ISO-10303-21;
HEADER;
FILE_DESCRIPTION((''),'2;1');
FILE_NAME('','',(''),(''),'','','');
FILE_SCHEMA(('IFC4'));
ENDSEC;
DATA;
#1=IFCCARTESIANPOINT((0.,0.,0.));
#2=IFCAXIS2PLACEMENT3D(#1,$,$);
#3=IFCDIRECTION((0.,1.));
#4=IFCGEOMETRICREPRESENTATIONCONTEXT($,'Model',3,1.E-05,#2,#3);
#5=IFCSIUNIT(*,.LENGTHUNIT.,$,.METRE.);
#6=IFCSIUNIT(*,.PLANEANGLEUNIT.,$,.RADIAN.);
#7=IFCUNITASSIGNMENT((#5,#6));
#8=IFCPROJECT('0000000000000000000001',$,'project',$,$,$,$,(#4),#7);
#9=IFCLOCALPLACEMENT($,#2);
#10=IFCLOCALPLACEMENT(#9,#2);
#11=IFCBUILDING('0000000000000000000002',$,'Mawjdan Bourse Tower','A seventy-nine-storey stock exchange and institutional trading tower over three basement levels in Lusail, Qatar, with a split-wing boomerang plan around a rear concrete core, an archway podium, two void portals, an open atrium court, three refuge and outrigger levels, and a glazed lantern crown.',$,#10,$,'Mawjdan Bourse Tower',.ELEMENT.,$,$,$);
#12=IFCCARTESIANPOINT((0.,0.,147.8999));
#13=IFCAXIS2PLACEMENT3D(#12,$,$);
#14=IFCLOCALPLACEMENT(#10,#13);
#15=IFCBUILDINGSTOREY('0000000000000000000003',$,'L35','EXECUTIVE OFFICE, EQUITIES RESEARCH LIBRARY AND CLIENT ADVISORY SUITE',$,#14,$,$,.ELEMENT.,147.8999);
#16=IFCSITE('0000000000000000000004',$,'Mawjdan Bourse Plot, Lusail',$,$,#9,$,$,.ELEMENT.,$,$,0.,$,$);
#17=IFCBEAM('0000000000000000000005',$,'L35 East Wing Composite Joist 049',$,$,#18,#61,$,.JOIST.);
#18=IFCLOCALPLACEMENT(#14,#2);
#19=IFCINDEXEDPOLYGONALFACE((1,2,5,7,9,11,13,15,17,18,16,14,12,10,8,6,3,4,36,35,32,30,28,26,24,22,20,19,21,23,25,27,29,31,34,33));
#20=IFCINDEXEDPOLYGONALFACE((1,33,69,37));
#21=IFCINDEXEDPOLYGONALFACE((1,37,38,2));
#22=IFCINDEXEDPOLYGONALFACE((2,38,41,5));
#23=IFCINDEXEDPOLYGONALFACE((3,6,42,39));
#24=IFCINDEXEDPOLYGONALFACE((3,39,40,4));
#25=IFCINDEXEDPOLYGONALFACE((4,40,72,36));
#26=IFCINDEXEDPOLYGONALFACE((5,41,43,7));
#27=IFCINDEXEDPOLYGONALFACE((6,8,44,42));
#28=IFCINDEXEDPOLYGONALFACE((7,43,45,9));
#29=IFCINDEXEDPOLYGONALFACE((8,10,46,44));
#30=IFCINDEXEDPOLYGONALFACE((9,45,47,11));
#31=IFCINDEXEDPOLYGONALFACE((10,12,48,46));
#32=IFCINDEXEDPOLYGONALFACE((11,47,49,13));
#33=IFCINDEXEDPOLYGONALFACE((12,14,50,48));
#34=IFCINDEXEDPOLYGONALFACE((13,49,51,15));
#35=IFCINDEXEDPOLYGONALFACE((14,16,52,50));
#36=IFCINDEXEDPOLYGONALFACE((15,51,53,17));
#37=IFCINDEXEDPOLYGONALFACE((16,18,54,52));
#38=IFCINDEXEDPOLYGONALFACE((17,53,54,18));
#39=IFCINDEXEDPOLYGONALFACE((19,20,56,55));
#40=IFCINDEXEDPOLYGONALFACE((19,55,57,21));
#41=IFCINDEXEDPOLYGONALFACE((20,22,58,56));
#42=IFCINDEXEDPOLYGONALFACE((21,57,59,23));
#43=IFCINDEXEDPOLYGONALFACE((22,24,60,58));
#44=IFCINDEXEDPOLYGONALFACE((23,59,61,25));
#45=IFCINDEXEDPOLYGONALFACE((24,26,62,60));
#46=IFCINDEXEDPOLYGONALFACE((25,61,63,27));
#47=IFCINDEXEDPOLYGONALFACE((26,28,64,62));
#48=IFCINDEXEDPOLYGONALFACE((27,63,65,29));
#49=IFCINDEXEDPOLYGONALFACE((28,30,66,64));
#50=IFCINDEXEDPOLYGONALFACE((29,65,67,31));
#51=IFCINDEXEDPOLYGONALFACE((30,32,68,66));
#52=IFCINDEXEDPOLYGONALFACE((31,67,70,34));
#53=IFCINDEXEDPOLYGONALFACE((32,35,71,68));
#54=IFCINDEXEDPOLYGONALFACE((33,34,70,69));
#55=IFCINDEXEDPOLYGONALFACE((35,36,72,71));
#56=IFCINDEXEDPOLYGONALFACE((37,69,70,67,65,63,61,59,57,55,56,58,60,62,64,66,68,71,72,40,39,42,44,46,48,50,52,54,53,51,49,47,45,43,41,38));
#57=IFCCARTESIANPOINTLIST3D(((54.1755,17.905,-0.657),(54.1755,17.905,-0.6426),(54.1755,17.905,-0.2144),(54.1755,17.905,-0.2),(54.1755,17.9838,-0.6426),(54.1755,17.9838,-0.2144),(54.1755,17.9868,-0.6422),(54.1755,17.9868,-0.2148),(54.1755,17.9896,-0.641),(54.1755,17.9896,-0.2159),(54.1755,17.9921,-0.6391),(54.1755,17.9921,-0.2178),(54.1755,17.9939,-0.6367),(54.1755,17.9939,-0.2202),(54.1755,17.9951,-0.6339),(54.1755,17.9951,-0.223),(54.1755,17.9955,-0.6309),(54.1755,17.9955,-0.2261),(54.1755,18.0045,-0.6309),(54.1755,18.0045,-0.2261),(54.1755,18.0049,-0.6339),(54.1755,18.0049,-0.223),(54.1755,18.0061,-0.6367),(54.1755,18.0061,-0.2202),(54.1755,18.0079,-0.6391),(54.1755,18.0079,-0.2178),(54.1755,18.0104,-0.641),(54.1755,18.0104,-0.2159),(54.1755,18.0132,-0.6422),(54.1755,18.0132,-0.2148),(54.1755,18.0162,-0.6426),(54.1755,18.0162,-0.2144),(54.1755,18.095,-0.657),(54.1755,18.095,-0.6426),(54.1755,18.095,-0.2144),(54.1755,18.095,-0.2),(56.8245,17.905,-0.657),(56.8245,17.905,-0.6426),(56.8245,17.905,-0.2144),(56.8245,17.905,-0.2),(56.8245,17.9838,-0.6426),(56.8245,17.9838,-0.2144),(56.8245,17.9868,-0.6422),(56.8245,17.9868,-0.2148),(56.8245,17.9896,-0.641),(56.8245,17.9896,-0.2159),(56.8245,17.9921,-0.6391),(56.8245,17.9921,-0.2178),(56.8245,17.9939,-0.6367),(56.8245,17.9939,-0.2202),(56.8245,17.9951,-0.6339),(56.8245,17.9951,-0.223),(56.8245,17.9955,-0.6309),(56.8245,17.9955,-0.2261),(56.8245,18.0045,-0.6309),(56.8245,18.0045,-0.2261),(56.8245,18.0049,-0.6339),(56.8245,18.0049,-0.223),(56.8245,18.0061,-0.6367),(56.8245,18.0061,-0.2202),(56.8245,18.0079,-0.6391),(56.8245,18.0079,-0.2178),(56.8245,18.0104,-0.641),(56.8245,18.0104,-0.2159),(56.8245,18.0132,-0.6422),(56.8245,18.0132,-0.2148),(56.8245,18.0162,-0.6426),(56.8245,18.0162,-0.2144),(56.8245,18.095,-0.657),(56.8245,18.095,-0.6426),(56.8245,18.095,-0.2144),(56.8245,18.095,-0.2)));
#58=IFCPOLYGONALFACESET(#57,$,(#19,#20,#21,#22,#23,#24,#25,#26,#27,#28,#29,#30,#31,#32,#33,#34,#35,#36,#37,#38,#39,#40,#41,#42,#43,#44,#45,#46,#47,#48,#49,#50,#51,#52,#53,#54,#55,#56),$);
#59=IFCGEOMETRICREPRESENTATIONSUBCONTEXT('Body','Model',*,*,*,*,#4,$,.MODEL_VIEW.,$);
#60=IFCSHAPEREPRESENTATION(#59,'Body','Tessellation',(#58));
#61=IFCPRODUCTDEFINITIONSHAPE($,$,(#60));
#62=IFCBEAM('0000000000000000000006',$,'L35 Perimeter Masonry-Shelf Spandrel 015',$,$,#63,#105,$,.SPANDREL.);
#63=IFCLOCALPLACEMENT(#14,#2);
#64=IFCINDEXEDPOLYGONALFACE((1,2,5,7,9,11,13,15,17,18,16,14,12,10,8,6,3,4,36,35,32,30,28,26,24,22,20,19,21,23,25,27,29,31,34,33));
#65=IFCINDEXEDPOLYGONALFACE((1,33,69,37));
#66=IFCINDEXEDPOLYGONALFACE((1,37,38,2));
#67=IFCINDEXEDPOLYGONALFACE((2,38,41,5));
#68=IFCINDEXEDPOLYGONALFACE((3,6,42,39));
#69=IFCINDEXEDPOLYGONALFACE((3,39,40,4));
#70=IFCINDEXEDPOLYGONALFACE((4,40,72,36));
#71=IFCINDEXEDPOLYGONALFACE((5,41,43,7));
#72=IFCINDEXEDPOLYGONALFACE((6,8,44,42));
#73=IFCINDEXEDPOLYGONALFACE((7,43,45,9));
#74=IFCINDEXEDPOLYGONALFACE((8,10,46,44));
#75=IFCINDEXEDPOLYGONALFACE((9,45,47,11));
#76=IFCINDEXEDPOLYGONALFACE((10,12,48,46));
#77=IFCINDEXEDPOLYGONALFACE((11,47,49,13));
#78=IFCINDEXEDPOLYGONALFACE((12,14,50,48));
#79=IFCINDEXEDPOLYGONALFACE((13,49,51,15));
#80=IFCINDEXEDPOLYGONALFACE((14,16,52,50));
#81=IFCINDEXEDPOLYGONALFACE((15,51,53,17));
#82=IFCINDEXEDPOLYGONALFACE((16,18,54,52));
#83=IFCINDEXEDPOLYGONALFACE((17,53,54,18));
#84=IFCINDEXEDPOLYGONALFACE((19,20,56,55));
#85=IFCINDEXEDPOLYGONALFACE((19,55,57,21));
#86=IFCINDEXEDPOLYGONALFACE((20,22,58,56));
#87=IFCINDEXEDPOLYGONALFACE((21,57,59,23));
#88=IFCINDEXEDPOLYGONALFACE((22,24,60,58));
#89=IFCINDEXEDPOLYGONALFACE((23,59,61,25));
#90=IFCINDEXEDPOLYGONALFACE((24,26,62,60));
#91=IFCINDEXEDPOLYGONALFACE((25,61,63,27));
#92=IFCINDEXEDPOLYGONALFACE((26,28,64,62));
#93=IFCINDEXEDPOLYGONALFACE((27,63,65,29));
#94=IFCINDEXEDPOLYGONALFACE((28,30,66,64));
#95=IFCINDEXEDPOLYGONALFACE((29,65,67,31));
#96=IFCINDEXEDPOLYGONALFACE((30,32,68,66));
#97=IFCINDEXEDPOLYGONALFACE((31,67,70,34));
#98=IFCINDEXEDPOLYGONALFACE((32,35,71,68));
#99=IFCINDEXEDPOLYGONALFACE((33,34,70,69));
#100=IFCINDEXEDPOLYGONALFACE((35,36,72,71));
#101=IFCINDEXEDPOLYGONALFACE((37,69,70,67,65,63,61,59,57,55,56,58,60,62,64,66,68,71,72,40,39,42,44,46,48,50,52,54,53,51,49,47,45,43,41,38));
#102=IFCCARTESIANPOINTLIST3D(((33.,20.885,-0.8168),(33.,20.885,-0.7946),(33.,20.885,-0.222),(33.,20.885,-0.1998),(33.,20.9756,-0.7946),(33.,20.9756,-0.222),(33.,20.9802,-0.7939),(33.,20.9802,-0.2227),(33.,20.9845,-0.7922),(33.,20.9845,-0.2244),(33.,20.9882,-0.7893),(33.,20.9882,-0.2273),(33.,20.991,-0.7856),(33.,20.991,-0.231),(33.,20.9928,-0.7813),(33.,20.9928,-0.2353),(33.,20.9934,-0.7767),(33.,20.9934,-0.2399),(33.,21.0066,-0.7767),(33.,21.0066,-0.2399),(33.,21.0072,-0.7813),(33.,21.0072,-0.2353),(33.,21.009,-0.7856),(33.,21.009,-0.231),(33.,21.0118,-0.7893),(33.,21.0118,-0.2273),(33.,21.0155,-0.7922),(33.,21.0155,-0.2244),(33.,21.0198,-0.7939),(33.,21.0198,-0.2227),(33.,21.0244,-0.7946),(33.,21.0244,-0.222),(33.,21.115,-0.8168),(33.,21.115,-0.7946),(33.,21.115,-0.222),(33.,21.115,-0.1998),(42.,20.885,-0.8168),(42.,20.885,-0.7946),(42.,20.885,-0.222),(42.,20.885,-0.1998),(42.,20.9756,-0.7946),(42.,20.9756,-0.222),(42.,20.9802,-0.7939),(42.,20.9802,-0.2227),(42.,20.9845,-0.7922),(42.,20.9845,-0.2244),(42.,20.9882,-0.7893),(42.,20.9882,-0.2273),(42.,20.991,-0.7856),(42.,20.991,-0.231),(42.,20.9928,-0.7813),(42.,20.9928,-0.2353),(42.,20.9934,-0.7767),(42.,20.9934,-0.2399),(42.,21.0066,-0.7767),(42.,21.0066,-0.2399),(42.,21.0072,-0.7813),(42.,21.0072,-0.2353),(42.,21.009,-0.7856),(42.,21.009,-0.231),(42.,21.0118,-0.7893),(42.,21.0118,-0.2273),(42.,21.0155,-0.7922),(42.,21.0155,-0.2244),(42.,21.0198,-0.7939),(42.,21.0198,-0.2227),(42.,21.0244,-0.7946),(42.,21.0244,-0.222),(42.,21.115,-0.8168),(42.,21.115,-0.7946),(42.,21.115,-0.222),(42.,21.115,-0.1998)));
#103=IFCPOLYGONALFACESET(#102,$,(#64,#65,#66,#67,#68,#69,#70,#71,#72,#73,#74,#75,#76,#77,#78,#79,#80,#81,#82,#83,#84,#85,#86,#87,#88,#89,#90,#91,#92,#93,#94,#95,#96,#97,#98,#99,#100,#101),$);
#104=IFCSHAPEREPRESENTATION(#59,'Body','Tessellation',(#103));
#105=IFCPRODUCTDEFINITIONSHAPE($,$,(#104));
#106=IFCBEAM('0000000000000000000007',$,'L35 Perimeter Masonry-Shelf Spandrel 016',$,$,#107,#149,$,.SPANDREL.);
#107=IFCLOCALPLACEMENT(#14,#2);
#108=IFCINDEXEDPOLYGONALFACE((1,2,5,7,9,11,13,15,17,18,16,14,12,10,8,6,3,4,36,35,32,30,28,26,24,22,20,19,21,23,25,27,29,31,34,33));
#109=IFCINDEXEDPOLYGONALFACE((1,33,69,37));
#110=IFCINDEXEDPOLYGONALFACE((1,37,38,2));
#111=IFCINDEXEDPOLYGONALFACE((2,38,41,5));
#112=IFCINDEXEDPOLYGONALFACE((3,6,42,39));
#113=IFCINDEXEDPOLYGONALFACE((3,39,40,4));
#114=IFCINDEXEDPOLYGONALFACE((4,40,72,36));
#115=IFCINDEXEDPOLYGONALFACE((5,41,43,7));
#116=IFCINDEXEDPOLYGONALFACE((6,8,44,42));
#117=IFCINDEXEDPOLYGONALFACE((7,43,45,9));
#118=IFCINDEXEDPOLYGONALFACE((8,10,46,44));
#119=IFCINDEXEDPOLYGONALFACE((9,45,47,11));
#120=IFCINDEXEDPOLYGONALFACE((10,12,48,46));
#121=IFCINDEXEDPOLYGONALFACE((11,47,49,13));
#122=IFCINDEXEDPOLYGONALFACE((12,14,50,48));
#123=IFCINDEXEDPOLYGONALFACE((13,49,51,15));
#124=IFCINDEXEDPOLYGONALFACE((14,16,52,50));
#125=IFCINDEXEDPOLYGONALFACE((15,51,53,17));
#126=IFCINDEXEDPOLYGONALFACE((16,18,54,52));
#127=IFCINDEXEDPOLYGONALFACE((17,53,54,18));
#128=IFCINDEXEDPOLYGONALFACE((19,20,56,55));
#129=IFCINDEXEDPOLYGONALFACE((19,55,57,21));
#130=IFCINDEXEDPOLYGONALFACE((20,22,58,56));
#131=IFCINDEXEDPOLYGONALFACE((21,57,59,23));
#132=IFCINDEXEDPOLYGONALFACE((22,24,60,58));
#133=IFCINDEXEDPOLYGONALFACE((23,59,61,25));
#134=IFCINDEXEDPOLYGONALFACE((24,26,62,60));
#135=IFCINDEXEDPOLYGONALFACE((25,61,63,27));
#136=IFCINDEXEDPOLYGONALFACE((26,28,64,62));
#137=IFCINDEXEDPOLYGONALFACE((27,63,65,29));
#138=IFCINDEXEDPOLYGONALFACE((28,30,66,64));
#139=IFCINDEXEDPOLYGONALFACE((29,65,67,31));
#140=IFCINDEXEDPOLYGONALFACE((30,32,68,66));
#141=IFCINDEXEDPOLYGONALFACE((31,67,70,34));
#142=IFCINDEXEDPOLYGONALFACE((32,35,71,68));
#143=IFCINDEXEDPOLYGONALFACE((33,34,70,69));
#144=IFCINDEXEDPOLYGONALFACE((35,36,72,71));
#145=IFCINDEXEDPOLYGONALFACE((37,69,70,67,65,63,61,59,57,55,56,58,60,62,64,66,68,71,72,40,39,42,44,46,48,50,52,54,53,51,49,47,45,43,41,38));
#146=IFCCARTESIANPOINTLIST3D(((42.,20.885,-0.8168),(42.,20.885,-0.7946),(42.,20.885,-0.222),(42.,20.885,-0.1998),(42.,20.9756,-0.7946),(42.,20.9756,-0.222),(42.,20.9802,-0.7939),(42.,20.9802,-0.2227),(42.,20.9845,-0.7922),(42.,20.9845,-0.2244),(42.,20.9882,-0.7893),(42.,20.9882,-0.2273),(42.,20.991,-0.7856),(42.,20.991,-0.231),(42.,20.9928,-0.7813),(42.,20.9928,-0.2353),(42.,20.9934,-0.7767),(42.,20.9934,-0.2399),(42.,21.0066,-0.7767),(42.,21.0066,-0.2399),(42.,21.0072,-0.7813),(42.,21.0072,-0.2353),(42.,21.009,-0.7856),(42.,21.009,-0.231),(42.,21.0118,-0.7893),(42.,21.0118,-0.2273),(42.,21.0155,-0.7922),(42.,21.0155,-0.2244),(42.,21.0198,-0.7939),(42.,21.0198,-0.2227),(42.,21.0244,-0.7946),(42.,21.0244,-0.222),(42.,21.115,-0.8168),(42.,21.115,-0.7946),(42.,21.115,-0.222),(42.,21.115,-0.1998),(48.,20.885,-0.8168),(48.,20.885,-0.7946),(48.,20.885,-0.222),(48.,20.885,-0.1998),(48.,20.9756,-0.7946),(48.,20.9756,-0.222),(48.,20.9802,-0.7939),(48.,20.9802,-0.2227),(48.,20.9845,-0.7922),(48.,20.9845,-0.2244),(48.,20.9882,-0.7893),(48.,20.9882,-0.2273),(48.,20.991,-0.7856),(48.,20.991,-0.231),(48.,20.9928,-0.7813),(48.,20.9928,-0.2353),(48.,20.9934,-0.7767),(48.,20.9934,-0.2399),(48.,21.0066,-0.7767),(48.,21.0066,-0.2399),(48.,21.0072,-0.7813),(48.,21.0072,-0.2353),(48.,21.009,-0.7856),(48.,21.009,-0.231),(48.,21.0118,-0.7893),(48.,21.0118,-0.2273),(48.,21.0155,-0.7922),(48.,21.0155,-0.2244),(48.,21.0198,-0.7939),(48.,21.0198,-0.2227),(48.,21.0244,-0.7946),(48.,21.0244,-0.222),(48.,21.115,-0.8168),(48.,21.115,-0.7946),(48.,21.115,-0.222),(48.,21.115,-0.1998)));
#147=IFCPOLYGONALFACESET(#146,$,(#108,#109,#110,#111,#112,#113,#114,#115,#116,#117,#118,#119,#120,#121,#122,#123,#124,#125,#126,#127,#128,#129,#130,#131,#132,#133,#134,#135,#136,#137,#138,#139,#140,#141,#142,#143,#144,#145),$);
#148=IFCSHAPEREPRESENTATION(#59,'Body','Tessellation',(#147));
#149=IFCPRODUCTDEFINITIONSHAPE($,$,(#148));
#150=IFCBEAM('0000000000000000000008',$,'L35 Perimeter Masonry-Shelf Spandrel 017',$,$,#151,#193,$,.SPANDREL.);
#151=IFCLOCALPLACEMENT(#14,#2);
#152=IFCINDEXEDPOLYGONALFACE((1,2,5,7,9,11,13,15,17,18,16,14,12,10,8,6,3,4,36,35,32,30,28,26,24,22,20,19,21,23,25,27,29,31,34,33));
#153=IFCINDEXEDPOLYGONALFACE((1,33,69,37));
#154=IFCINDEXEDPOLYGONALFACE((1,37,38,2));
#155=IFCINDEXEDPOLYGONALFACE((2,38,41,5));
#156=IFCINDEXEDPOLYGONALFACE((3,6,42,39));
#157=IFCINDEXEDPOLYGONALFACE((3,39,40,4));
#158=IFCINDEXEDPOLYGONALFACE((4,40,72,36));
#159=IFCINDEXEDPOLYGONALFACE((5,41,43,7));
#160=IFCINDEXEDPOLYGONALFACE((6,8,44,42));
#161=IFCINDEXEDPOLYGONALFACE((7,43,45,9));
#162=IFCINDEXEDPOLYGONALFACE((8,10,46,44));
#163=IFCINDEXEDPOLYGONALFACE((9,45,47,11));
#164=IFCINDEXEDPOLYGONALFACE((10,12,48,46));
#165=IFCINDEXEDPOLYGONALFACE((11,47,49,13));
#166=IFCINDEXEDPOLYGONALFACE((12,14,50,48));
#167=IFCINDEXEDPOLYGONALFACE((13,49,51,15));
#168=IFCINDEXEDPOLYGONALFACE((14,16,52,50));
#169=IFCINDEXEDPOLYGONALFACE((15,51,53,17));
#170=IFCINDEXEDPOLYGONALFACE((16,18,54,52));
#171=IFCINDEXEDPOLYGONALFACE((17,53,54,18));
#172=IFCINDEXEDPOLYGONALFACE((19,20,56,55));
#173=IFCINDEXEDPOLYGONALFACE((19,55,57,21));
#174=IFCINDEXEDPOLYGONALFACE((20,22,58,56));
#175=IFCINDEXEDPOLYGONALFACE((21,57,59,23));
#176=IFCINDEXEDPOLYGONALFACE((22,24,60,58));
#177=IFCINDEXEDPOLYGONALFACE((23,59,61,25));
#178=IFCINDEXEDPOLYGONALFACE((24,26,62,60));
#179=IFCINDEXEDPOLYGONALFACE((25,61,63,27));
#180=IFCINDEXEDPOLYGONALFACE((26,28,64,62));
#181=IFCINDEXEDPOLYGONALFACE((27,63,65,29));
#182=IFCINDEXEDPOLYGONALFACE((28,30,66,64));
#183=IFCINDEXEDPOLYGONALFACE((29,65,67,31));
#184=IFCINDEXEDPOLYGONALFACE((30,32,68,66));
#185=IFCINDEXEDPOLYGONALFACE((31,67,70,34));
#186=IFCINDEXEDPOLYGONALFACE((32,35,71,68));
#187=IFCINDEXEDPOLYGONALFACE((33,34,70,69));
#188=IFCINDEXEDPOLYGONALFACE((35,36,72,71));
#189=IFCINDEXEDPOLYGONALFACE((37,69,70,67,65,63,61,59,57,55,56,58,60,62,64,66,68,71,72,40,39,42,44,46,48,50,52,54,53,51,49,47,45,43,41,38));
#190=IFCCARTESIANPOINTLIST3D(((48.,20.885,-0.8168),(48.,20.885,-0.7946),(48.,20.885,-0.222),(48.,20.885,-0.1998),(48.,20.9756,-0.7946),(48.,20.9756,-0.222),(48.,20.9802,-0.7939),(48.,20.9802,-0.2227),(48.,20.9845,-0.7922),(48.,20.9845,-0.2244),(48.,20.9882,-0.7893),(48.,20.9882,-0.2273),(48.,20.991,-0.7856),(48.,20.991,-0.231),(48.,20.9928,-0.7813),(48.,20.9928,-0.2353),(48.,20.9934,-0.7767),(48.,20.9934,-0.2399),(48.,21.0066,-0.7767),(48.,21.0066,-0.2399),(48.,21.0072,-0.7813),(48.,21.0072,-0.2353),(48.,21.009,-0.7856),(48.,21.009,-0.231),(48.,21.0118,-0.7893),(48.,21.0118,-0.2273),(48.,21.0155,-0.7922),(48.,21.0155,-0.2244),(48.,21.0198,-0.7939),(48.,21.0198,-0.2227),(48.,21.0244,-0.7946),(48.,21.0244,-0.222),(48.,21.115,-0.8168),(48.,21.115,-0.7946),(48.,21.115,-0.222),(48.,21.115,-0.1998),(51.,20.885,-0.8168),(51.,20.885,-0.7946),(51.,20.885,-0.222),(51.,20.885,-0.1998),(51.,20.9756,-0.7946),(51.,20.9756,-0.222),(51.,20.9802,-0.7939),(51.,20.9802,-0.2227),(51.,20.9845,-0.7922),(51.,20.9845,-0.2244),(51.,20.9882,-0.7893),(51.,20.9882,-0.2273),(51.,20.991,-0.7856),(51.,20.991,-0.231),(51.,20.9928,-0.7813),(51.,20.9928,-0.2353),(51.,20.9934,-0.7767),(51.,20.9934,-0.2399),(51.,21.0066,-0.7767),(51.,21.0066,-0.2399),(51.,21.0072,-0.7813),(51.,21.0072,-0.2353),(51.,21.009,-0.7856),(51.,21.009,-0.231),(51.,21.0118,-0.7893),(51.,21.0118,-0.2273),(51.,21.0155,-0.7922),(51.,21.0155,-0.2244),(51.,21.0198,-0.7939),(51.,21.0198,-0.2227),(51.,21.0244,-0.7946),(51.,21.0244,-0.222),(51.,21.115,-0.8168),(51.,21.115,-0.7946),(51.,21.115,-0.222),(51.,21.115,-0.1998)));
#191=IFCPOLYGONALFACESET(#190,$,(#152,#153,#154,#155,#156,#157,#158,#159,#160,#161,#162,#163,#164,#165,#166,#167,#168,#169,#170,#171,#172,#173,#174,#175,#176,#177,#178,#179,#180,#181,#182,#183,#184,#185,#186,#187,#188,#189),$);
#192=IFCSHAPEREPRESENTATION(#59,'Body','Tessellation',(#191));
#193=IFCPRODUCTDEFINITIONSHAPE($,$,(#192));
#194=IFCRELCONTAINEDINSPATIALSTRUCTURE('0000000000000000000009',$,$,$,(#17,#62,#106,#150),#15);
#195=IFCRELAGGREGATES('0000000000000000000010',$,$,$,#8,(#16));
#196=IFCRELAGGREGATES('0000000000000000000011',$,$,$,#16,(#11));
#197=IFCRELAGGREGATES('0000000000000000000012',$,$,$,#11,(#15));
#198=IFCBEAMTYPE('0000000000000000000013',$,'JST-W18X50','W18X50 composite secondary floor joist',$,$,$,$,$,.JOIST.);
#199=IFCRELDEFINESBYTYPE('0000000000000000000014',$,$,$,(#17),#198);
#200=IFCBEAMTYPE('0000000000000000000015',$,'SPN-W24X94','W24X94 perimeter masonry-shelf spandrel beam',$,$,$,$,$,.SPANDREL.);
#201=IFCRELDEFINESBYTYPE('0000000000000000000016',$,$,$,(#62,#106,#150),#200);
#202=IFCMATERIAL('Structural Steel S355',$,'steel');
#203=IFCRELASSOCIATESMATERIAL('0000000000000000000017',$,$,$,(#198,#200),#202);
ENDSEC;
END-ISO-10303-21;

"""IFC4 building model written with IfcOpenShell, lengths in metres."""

from ifc_helpers import new_model, si_unit, direction, frame, origin, origin_2d, place, context, subcontext, project, spatial, i_section, extrude, material, material_profile, profile_set, type_object, element, save


model = new_model("IFC4")

# Units and contexts
model_context = context("Model", 3, precision=1e-05, world=origin(), true_north=direction((0.0, 1.0)))
body_context = subcontext(model_context, "Body", "Model", "MODEL_VIEW")
ifc_project = project(units=[si_unit("LENGTHUNIT", "METRE"), si_unit("PLANEANGLEUNIT", "RADIAN")], contexts=[model_context])

# Site, building, storey
site_placement = place(None, origin())
site = spatial("IfcSite", under=ifc_project, at=site_placement, Name="Mawjdan Bourse Plot, Lusail", CompositionType="ELEMENT", RefElevation=0.0)
building_placement = place(site_placement, origin())
building = spatial("IfcBuilding", under=site, at=building_placement, Name="Mawjdan Bourse Tower", Description="A seventy-nine-storey stock exchange and institutional trading tower over three basement levels in Lusail, Qatar, with a split-wing boomerang plan around a rear concrete core, an archway podium, two void portals, an open atrium court, three refuge and outrigger levels, and a glazed lantern crown.", LongName="Mawjdan Bourse Tower", CompositionType="ELEMENT")
storey_placement = place(building_placement, frame((0.0, 0.0, 147.8999)))
storey = spatial("IfcBuildingStorey", under=building, at=storey_placement, Name="L35", Description="EXECUTIVE OFFICE, EQUITIES RESEARCH LIBRARY AND CLIENT ADVISORY SUITE", CompositionType="ELEMENT", Elevation=147.8999)

# Beams
ifc_material_1 = material(Name="Structural Steel S355", Category="steel")
ifc_material_profile_1 = material_profile(ifc_material_1, i_section(OverallWidth=0.1899, OverallDepth=0.457, WebThickness=0.009, FlangeThickness=0.0144, FilletRadius=0.0117, at=origin_2d()), Name="W18X50")
ifc_profile_set_1 = profile_set([ifc_material_profile_1], Name="Structural Steel S355")
beam_type_1 = type_object("IfcBeamType", Name="JST-W18X50", Description="W18X50 composite secondary floor joist", PredefinedType="JOIST", material=ifc_profile_set_1)
for number, where, z_axis, x_axis, name in (
    (1, (54.1755, 18.0, -0.4285), (1.0, 0.0, 0.0), (0.0, 1.0, 0.0), "L35 East Wing Composite Joist 049"),
):
    element("IfcBeam", number, at=place(storey_placement, frame(where, z_axis=z_axis, x_axis=x_axis)), inside=storey, type_object=beam_type_1, Name=name, PredefinedType="JOIST", context=body_context, shape_type="SweptSolid", body=[
        extrude(i_section(OverallWidth=0.1899, OverallDepth=0.457, WebThickness=0.009, FlangeThickness=0.0144, FilletRadius=0.0117, at=origin_2d()), origin(), (0.0, 0.0, 1.0), 2.6489),
    ])
ifc_material_profile_2 = material_profile(ifc_material_1, i_section(OverallWidth=0.23, OverallDepth=0.6169, WebThickness=0.0132, FlangeThickness=0.0222, FilletRadius=0.0178, at=origin_2d()), Name="W24X94")
ifc_profile_set_2 = profile_set([ifc_material_profile_2], Name="Structural Steel S355")
beam_type_2 = type_object("IfcBeamType", Name="SPN-W24X94", Description="W24X94 perimeter masonry-shelf spandrel beam", PredefinedType="SPANDREL", material=ifc_profile_set_2)
beam_1_placement = place(storey_placement, frame((33.0, 21.0, -0.5083), z_axis=(1.0, 0.0, 0.0), x_axis=(0.0, 1.0, 0.0)))
element("IfcBeam", 2, at=beam_1_placement, inside=storey, type_object=beam_type_2, Name="L35 Perimeter Masonry-Shelf Spandrel 015", PredefinedType="SPANDREL", context=body_context, shape_type="SweptSolid", body=[
    extrude(i_section(OverallWidth=0.23, OverallDepth=0.6169, WebThickness=0.0132, FlangeThickness=0.0222, FilletRadius=0.0178, at=origin_2d()), origin(), (0.0, 0.0, 1.0), 9.0),
])
beam_2_placement = place(storey_placement, frame((42.0, 21.0, -0.5083), z_axis=(1.0, 0.0, 0.0), x_axis=(0.0, 1.0, 0.0)))
element("IfcBeam", 3, at=beam_2_placement, inside=storey, type_object=beam_type_2, Name="L35 Perimeter Masonry-Shelf Spandrel 016", PredefinedType="SPANDREL", context=body_context, shape_type="SweptSolid", body=[
    extrude(i_section(OverallWidth=0.23, OverallDepth=0.6169, WebThickness=0.0132, FlangeThickness=0.0222, FilletRadius=0.0178, at=origin_2d()), origin(), (0.0, 0.0, 1.0), 6.0),
])
for number, where, z_axis, x_axis, name in (
    (4, (48.0, 21.0, -0.5083), (1.0, 0.0, 0.0), (0.0, 1.0, 0.0), "L35 Perimeter Masonry-Shelf Spandrel 017"),
):
    element("IfcBeam", number, at=place(storey_placement, frame(where, z_axis=z_axis, x_axis=x_axis)), inside=storey, type_object=beam_type_2, Name=name, PredefinedType="SPANDREL", context=body_context, shape_type="SweptSolid", body=[
        extrude(i_section(OverallWidth=0.23, OverallDepth=0.6169, WebThickness=0.0132, FlangeThickness=0.0222, FilletRadius=0.0178, at=origin_2d()), origin(), (0.0, 0.0, 1.0), 3.0),
    ])

save(model, "model.ifc")
